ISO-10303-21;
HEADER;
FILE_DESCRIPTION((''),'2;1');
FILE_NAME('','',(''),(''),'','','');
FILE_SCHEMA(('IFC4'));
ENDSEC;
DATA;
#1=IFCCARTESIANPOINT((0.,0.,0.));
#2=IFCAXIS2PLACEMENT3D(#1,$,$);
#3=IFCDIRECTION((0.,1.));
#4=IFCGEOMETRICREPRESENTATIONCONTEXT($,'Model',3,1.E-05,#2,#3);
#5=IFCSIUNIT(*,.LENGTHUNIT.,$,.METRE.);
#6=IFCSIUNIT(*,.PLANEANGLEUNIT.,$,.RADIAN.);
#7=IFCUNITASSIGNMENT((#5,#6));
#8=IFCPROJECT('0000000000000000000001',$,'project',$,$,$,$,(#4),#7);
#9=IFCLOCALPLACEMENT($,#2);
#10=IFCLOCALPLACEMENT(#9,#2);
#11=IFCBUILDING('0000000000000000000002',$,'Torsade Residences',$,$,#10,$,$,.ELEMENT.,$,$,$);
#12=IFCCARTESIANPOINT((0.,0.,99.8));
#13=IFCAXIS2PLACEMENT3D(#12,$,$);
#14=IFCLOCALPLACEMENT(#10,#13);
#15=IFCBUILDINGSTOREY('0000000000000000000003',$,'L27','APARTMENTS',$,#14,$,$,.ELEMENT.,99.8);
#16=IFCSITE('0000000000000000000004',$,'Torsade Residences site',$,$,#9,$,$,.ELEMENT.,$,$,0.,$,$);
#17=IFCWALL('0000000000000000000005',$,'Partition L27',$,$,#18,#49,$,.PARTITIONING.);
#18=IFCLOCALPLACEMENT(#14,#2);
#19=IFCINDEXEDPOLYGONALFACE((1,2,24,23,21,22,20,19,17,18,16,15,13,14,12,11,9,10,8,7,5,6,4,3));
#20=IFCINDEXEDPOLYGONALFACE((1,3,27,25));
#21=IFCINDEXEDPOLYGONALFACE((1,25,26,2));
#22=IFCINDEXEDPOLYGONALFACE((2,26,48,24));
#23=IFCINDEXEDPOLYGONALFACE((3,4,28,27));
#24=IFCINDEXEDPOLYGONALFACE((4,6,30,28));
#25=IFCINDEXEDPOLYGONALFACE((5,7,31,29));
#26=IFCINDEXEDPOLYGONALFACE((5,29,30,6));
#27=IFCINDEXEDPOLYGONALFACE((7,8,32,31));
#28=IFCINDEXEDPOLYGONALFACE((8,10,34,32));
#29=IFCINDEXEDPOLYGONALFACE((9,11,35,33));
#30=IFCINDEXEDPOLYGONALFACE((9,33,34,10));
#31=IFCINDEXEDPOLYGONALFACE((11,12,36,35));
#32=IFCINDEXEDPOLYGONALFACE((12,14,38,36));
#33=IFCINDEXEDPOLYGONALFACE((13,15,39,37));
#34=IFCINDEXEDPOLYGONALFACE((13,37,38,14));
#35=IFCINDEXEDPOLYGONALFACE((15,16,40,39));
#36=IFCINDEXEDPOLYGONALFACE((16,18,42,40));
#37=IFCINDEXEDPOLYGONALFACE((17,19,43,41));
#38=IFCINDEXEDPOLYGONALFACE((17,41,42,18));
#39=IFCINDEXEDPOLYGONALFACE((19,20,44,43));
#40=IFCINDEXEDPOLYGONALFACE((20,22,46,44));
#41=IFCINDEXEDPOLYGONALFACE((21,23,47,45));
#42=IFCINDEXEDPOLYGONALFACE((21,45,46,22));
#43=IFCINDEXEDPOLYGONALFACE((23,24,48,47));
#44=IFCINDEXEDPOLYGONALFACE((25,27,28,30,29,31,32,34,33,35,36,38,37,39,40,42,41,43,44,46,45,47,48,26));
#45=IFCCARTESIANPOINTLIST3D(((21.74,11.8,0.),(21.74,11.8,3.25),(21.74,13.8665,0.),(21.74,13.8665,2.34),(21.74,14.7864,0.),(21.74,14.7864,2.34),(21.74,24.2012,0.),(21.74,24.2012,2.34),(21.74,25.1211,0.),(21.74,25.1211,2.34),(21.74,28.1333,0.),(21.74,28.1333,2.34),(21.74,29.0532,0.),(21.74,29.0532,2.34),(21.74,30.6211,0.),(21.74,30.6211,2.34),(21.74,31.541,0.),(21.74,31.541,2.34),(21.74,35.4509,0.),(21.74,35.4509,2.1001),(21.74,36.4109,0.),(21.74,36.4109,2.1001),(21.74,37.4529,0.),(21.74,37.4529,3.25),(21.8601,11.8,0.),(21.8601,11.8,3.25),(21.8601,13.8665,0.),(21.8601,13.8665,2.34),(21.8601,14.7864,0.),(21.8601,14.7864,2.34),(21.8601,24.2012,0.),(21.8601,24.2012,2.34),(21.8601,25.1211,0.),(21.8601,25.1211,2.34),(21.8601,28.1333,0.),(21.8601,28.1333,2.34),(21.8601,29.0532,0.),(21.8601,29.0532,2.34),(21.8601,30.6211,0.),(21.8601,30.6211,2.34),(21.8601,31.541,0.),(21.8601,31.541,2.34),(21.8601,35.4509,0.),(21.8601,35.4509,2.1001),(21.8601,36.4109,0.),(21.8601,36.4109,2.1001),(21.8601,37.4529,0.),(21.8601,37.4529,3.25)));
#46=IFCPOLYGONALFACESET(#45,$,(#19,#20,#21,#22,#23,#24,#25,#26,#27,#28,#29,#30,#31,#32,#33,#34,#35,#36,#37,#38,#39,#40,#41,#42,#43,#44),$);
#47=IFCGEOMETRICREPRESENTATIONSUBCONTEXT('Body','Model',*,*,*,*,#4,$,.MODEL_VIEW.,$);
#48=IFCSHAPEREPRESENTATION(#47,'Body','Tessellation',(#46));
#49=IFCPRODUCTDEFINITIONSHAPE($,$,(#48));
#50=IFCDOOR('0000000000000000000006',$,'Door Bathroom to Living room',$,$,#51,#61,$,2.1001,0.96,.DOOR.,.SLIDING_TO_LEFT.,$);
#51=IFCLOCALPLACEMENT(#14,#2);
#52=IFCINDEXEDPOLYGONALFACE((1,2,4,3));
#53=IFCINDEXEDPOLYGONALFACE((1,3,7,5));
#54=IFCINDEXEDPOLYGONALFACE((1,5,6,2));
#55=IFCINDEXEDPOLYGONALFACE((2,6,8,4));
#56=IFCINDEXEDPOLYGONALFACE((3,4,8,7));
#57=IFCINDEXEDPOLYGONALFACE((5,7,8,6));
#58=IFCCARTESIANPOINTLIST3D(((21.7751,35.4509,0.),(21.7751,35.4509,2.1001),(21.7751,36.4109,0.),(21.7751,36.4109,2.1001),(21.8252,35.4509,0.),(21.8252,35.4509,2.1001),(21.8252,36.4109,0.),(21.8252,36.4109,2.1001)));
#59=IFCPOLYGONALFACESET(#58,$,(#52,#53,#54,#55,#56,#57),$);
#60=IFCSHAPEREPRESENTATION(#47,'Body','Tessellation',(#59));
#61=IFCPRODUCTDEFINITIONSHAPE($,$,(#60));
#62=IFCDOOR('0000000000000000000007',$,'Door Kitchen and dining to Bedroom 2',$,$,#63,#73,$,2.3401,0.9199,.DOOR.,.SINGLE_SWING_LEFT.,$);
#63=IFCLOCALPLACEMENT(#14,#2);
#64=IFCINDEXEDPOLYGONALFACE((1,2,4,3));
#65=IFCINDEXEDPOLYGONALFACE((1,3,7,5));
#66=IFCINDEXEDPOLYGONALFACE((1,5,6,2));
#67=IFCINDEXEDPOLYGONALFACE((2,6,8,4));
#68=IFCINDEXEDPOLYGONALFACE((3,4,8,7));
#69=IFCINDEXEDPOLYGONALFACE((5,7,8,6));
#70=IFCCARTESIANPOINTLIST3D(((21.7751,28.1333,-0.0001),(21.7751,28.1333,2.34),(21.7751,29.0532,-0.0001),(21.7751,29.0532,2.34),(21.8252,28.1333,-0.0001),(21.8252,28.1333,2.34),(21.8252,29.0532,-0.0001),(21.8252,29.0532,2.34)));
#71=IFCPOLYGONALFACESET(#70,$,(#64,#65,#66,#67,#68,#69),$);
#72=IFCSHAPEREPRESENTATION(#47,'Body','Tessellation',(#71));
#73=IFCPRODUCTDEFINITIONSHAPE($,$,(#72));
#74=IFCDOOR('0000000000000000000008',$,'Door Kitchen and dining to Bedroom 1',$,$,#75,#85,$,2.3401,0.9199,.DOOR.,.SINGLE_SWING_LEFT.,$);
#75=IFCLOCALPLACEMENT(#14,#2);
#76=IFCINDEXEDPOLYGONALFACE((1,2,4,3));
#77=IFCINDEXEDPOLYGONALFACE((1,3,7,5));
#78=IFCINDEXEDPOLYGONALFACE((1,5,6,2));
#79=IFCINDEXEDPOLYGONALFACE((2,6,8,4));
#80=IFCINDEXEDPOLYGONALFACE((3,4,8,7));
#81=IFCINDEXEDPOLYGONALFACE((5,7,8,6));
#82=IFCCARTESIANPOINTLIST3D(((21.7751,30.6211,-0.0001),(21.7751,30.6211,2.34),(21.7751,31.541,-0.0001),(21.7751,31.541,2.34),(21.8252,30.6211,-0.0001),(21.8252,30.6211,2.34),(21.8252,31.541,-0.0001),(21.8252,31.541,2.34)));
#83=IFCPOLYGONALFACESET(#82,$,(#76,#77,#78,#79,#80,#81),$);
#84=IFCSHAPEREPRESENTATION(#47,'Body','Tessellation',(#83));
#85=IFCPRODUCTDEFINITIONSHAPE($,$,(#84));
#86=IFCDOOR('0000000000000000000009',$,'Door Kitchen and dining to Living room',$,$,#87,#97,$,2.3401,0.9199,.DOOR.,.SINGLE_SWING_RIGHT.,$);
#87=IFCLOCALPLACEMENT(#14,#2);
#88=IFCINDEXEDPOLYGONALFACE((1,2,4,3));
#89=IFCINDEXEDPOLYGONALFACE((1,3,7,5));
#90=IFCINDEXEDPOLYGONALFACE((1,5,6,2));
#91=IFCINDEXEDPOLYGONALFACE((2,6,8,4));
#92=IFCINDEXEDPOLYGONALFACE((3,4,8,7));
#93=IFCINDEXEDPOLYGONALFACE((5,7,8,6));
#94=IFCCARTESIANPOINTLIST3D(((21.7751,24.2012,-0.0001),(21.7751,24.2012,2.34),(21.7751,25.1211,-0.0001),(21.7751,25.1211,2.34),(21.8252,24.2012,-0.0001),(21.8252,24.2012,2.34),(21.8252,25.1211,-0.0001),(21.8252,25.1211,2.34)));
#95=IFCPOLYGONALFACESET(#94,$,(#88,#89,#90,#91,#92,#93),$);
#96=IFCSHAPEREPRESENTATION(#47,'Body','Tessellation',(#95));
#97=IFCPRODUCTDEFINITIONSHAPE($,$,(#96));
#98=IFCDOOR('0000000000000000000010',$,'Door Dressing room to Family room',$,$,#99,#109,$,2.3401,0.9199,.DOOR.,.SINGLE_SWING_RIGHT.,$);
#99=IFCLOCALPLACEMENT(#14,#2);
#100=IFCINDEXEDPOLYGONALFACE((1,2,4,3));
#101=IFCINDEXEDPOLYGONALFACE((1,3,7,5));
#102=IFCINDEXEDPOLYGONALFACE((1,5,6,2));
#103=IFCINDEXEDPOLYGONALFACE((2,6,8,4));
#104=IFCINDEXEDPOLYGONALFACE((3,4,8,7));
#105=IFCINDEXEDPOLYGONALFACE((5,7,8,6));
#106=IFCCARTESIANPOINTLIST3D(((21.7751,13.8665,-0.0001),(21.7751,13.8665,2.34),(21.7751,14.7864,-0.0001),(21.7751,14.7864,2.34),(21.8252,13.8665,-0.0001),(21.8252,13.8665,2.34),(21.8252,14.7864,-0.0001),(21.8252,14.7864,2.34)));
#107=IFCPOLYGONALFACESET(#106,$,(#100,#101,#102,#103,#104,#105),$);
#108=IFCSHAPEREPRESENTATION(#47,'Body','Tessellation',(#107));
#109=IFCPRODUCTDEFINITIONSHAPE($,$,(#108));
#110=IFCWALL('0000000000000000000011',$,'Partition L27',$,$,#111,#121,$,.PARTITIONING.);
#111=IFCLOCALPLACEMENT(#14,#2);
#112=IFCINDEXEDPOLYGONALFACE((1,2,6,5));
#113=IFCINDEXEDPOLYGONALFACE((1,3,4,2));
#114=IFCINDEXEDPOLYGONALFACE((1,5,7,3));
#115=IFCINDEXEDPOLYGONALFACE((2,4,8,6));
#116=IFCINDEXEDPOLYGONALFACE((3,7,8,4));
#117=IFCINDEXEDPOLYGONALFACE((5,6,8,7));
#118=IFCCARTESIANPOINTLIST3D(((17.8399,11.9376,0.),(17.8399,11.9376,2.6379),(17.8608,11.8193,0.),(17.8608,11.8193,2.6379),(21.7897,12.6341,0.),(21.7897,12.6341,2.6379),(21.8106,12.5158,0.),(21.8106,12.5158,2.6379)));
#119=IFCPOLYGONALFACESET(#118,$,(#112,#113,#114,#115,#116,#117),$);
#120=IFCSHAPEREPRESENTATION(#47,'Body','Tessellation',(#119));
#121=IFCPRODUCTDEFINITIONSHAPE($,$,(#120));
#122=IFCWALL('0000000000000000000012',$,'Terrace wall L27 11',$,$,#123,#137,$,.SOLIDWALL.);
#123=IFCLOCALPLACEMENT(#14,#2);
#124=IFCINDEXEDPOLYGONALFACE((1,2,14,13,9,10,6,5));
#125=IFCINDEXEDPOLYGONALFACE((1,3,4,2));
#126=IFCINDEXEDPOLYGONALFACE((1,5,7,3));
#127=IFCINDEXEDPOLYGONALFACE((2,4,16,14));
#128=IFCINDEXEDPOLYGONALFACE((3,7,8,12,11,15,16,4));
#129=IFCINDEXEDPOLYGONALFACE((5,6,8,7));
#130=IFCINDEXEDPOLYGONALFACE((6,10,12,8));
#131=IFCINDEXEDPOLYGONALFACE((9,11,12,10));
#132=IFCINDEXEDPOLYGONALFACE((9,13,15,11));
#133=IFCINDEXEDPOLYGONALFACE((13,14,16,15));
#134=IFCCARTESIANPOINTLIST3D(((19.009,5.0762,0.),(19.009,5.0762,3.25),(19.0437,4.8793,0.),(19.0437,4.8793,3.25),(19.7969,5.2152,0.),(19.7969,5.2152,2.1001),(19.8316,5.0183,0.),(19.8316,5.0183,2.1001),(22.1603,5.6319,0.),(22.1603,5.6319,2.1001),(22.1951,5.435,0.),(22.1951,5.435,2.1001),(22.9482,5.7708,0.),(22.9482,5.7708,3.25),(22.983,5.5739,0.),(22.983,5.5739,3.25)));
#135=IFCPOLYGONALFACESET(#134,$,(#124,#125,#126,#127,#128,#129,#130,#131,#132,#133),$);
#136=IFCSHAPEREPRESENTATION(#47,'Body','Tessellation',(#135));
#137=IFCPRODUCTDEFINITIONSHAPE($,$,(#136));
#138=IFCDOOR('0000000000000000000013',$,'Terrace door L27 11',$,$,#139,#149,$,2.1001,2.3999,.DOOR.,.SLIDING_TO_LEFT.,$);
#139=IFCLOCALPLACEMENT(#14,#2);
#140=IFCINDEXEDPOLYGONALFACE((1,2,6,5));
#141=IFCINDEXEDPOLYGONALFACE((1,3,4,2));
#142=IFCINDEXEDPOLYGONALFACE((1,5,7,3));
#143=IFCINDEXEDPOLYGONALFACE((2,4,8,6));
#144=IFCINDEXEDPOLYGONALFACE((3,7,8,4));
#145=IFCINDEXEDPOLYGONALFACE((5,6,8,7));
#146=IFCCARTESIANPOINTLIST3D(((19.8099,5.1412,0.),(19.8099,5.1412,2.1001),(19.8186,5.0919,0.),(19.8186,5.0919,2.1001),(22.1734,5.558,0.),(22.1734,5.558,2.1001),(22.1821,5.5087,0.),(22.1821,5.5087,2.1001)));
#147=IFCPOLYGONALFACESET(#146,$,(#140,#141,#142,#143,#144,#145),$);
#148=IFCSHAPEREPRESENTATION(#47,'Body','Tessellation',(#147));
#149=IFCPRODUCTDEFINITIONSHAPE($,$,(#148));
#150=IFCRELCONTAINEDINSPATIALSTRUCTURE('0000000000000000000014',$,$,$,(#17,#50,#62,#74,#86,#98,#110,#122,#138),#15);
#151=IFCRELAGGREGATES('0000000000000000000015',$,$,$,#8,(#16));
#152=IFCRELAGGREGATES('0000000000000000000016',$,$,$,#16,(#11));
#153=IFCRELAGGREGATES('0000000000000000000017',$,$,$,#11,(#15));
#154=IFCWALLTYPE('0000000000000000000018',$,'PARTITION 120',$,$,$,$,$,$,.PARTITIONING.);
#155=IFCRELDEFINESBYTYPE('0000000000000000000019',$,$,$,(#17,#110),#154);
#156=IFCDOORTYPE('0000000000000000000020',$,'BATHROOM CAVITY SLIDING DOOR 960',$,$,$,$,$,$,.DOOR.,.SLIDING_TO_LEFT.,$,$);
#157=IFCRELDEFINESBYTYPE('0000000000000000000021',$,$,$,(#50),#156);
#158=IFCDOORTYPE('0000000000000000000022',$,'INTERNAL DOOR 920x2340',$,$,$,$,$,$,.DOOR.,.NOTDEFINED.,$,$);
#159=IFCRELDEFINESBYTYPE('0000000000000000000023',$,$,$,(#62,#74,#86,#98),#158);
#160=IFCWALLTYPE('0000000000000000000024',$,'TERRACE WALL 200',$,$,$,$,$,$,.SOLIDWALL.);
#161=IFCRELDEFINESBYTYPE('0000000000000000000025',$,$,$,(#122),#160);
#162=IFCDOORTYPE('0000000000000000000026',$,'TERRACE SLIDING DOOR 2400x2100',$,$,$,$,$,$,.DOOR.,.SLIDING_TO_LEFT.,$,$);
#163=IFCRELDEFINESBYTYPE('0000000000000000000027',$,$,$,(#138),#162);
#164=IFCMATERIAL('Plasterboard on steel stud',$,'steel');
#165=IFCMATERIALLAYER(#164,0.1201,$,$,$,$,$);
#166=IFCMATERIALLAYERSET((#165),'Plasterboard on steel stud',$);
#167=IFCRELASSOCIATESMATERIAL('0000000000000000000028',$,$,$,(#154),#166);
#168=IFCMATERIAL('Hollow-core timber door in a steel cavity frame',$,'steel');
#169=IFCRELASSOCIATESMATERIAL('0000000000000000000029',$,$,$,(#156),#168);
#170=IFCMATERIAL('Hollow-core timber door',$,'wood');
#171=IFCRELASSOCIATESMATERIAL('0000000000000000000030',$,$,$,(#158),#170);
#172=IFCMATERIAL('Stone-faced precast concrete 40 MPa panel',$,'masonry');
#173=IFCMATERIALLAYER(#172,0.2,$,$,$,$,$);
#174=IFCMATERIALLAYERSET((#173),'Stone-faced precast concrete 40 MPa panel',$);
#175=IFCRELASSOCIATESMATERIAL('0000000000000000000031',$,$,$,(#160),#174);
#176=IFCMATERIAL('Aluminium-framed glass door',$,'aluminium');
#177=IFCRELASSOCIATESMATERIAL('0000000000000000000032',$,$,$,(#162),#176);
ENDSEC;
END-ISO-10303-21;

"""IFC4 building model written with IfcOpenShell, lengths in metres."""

from ifc_helpers import new_model, si_unit, direction, frame, frame_2d, origin, place, context, subcontext, project, spatial, rectangle, extrude, material, layer, layer_set, type_object, element, fill, save


model = new_model("IFC4")

# Units and contexts
model_context = context("Model", 3, precision=1e-05, world=origin(), true_north=direction((0.0, 1.0)))
body_context = subcontext(model_context, "Body", "Model", "MODEL_VIEW")
ifc_project = project(units=[si_unit("LENGTHUNIT", "METRE"), si_unit("PLANEANGLEUNIT", "RADIAN")], contexts=[model_context])

# Site, building, storey
site_placement = place(None, origin())
site = spatial("IfcSite", under=ifc_project, at=site_placement, Name="Torsade Residences site", CompositionType="ELEMENT", RefElevation=0.0)
building_placement = place(site_placement, origin())
building = spatial("IfcBuilding", under=site, at=building_placement, Name="Torsade Residences", CompositionType="ELEMENT")
storey_placement = place(building_placement, frame((0.0, 0.0, 99.8)))
storey = spatial("IfcBuildingStorey", under=building, at=storey_placement, Name="L27", Description="APARTMENTS", CompositionType="ELEMENT", Elevation=99.8)

# Wall, openings, doors
ifc_material_1 = material(Name="Plasterboard on steel stud", Category="steel")
ifc_layer_1 = layer(ifc_material_1, 0.1201)
ifc_layer_set_1 = layer_set([ifc_layer_1], Name="Plasterboard on steel stud")
wall_type_1 = type_object("IfcWallType", Name="PARTITION 120", PredefinedType="PARTITIONING", material=ifc_layer_set_1)
wall_1_placement = place(storey_placement, frame((21.8, 11.8, 0.0), z_axis=(0.0, 0.0, 1.0), x_axis=(0.0, 1.0, 0.0)))
wall_1 = element("IfcWall", 1, at=wall_1_placement, inside=storey, type_object=wall_type_1, Name="Partition L27", PredefinedType="PARTITIONING", context=body_context, shape_type="SweptSolid", body=[
    extrude(rectangle(XDim=25.6528, YDim=0.1201, at=frame_2d((12.8264, 0.0))), origin(), (0.0, 0.0, 1.0), 3.25),
])
opening_1_placement = place(wall_1_placement, frame((16.3333, 0.0, 0.0)))
opening_1 = element("IfcOpeningElement", 2, at=opening_1_placement, cuts=wall_1, PredefinedType="OPENING", context=body_context, shape_type="SweptSolid", body=[
    extrude(rectangle(XDim=0.9199, YDim=2.3401, at=frame_2d((0.46, 1.1699))), frame((0.0, 0.0701, 0.0), z_axis=(0.0, -1.0, 0.0), x_axis=(1.0, 0.0, 0.0)), (0.0, 0.0, 1.0), 0.1401),
])
opening_2_placement = place(wall_1_placement, frame((18.821, 0.0, 0.0)))
opening_2 = element("IfcOpeningElement", 3, at=opening_2_placement, cuts=wall_1, PredefinedType="OPENING", context=body_context, shape_type="SweptSolid", body=[
    extrude(rectangle(XDim=0.9199, YDim=2.3401, at=frame_2d((0.46, 1.1699))), frame((0.0, 0.0701, 0.0), z_axis=(0.0, -1.0, 0.0), x_axis=(1.0, 0.0, 0.0)), (0.0, 0.0, 1.0), 0.1401),
])
opening_3_placement = place(wall_1_placement, frame((12.4011, 0.0, 0.0)))
opening_3 = element("IfcOpeningElement", 4, at=opening_3_placement, cuts=wall_1, PredefinedType="OPENING", context=body_context, shape_type="SweptSolid", body=[
    extrude(rectangle(XDim=0.9199, YDim=2.3401, at=frame_2d((0.46, 1.1699))), frame((0.0, 0.0701, 0.0), z_axis=(0.0, -1.0, 0.0), x_axis=(1.0, 0.0, 0.0)), (0.0, 0.0, 1.0), 0.1401),
])
opening_4_placement = place(wall_1_placement, frame((2.0664, 0.0, 0.0)))
opening_4 = element("IfcOpeningElement", 5, at=opening_4_placement, cuts=wall_1, PredefinedType="OPENING", context=body_context, shape_type="SweptSolid", body=[
    extrude(rectangle(XDim=0.9199, YDim=2.3401, at=frame_2d((0.46, 1.1699))), frame((0.0, 0.0701, 0.0), z_axis=(0.0, -1.0, 0.0), x_axis=(1.0, 0.0, 0.0)), (0.0, 0.0, 1.0), 0.1401),
])
opening_5_placement = place(wall_1_placement, frame((23.6509, 0.0, 0.0)))
opening_5 = element("IfcOpeningElement", 6, at=opening_5_placement, cuts=wall_1, PredefinedType="OPENING", context=body_context, shape_type="SweptSolid", body=[
    extrude(rectangle(XDim=0.96, YDim=2.1001, at=frame_2d((0.48, 1.05))), frame((0.0, 0.0701, 0.0), z_axis=(0.0, -1.0, 0.0), x_axis=(1.0, 0.0, 0.0)), (0.0, 0.0, 1.0), 0.1401),
])
ifc_material_2 = material(Name="Hollow-core timber door in a steel cavity frame", Category="steel")
door_type_1 = type_object("IfcDoorType", Name="BATHROOM CAVITY SLIDING DOOR 960", OperationType="SLIDING_TO_LEFT", PredefinedType="DOOR", material=ifc_material_2)
door_1_placement = place(opening_5_placement, origin())
door_1 = element("IfcDoor", 7, at=door_1_placement, inside=storey, type_object=door_type_1, Name="Door Bathroom to Living room", OperationType="SLIDING_TO_LEFT", OverallHeight=2.1001, OverallWidth=0.96, PredefinedType="DOOR", context=body_context, shape_type="SweptSolid", body=[
    extrude(rectangle(XDim=0.96, YDim=2.1001, at=frame_2d((0.48, 1.05))), frame((0.0, 0.0249, 0.0), z_axis=(0.0, -1.0, 0.0), x_axis=(1.0, 0.0, 0.0)), (0.0, 0.0, 1.0), 0.05),
])
fill(opening_5, door_1)
ifc_material_3 = material(Name="Hollow-core timber door", Category="wood")
door_type_2 = type_object("IfcDoorType", Name="INTERNAL DOOR 920x2340", OperationType="NOTDEFINED", PredefinedType="DOOR", material=ifc_material_3)
door_2_placement = place(opening_1_placement, origin())
door_2 = element("IfcDoor", 8, at=door_2_placement, inside=storey, type_object=door_type_2, Name="Door Kitchen and dining to Bedroom 2", OperationType="SINGLE_SWING_LEFT", OverallHeight=2.3401, OverallWidth=0.9199, PredefinedType="DOOR", context=body_context, shape_type="SweptSolid", body=[
    extrude(rectangle(XDim=0.9199, YDim=2.3401, at=frame_2d((0.46, 1.1699))), frame((0.0, 0.0249, 0.0), z_axis=(0.0, -1.0, 0.0), x_axis=(1.0, 0.0, 0.0)), (0.0, 0.0, 1.0), 0.05),
])
fill(opening_1, door_2)
door_3_placement = place(opening_2_placement, origin())
door_3 = element("IfcDoor", 9, at=door_3_placement, inside=storey, type_object=door_type_2, Name="Door Kitchen and dining to Bedroom 1", OperationType="SINGLE_SWING_LEFT", OverallHeight=2.3401, OverallWidth=0.9199, PredefinedType="DOOR", context=body_context, shape_type="SweptSolid", body=[
    extrude(rectangle(XDim=0.9199, YDim=2.3401, at=frame_2d((0.46, 1.1699))), frame((0.0, 0.0249, 0.0), z_axis=(0.0, -1.0, 0.0), x_axis=(1.0, 0.0, 0.0)), (0.0, 0.0, 1.0), 0.05),
])
fill(opening_2, door_3)
door_4_placement = place(opening_3_placement, origin())
door_4 = element("IfcDoor", 10, at=door_4_placement, inside=storey, type_object=door_type_2, Name="Door Kitchen and dining to Living room", OperationType="SINGLE_SWING_RIGHT", OverallHeight=2.3401, OverallWidth=0.9199, PredefinedType="DOOR", context=body_context, shape_type="SweptSolid", body=[
    extrude(rectangle(XDim=0.9199, YDim=2.3401, at=frame_2d((0.46, 1.1699))), frame((0.0, 0.0249, 0.0), z_axis=(0.0, -1.0, 0.0), x_axis=(1.0, 0.0, 0.0)), (0.0, 0.0, 1.0), 0.05),
])
fill(opening_3, door_4)
door_5_placement = place(opening_4_placement, origin())
door_5 = element("IfcDoor", 11, at=door_5_placement, inside=storey, type_object=door_type_2, Name="Door Dressing room to Family room", OperationType="SINGLE_SWING_RIGHT", OverallHeight=2.3401, OverallWidth=0.9199, PredefinedType="DOOR", context=body_context, shape_type="SweptSolid", body=[
    extrude(rectangle(XDim=0.9199, YDim=2.3401, at=frame_2d((0.46, 1.1699))), frame((0.0, 0.0249, 0.0), z_axis=(0.0, -1.0, 0.0), x_axis=(1.0, 0.0, 0.0)), (0.0, 0.0, 1.0), 0.05),
])
fill(opening_4, door_5)

# Wall
wall_2_placement = place(storey_placement, frame((17.8503, 11.8784, 0.0), z_axis=(0.0, 0.0, 1.0), x_axis=(0.984804, 0.173671, 0.0)))
element("IfcWall", 12, at=wall_2_placement, inside=storey, type_object=wall_type_1, Name="Partition L27", PredefinedType="PARTITIONING", context=body_context, shape_type="SweptSolid", body=[
    extrude(rectangle(XDim=4.0107, YDim=0.1201, at=frame_2d((2.0054, 0.0))), origin(), (0.0, 0.0, 1.0), 2.6379),
])

# Wall, opening, door
ifc_material_4 = material(Name="Stone-faced precast concrete 40 MPa panel", Category="masonry")
ifc_layer_2 = layer(ifc_material_4, 0.2)
ifc_layer_set_2 = layer_set([ifc_layer_2], Name="Stone-faced precast concrete 40 MPa panel")
wall_type_2 = type_object("IfcWallType", Name="TERRACE WALL 200", PredefinedType="SOLIDWALL", material=ifc_layer_set_2)
wall_3_placement = place(storey_placement, frame((19.0264, 4.9778, 0.0), z_axis=(0.0, 0.0, 1.0), x_axis=(0.984808, 0.173646, 0.0)))
wall_3 = element("IfcWall", 13, at=wall_3_placement, inside=storey, type_object=wall_type_2, Name="Terrace wall L27 11", PredefinedType="SOLIDWALL", context=body_context, shape_type="SweptSolid", body=[
    extrude(rectangle(XDim=4.0, YDim=0.2, at=frame_2d((2.0, 0.0))), origin(), (0.0, 0.0, 1.0), 3.25),
])
opening_6_placement = place(wall_3_placement, frame((0.8, 0.0, 0.0)))
opening_6 = element("IfcOpeningElement", 14, at=opening_6_placement, cuts=wall_3, PredefinedType="OPENING", context=body_context, shape_type="SweptSolid", body=[
    extrude(rectangle(XDim=2.3999, YDim=2.1001, at=frame_2d((1.2, 1.05))), frame((0.0, 0.1099, 0.0), z_axis=(0.0, -1.0, 0.0), x_axis=(1.0, 0.0, 0.0)), (0.0, 0.0, 1.0), 0.22),
])
ifc_material_5 = material(Name="Aluminium-framed glass door", Category="aluminium")
door_type_3 = type_object("IfcDoorType", Name="TERRACE SLIDING DOOR 2400x2100", OperationType="SLIDING_TO_LEFT", PredefinedType="DOOR", material=ifc_material_5)
door_6_placement = place(opening_6_placement, origin())
door_6 = element("IfcDoor", 15, at=door_6_placement, inside=storey, type_object=door_type_3, Name="Terrace door L27 11", OperationType="SLIDING_TO_LEFT", OverallHeight=2.1001, OverallWidth=2.3999, PredefinedType="DOOR", context=body_context, shape_type="SweptSolid", body=[
    extrude(rectangle(XDim=2.3999, YDim=2.1001, at=frame_2d((1.2, 1.05))), frame((0.0, 0.0249, 0.0), z_axis=(0.0, -1.0, 0.0), x_axis=(1.0, 0.0, 0.0)), (0.0, 0.0, 1.0), 0.05),
])
fill(opening_6, door_6)

save(model, "model.ifc")
